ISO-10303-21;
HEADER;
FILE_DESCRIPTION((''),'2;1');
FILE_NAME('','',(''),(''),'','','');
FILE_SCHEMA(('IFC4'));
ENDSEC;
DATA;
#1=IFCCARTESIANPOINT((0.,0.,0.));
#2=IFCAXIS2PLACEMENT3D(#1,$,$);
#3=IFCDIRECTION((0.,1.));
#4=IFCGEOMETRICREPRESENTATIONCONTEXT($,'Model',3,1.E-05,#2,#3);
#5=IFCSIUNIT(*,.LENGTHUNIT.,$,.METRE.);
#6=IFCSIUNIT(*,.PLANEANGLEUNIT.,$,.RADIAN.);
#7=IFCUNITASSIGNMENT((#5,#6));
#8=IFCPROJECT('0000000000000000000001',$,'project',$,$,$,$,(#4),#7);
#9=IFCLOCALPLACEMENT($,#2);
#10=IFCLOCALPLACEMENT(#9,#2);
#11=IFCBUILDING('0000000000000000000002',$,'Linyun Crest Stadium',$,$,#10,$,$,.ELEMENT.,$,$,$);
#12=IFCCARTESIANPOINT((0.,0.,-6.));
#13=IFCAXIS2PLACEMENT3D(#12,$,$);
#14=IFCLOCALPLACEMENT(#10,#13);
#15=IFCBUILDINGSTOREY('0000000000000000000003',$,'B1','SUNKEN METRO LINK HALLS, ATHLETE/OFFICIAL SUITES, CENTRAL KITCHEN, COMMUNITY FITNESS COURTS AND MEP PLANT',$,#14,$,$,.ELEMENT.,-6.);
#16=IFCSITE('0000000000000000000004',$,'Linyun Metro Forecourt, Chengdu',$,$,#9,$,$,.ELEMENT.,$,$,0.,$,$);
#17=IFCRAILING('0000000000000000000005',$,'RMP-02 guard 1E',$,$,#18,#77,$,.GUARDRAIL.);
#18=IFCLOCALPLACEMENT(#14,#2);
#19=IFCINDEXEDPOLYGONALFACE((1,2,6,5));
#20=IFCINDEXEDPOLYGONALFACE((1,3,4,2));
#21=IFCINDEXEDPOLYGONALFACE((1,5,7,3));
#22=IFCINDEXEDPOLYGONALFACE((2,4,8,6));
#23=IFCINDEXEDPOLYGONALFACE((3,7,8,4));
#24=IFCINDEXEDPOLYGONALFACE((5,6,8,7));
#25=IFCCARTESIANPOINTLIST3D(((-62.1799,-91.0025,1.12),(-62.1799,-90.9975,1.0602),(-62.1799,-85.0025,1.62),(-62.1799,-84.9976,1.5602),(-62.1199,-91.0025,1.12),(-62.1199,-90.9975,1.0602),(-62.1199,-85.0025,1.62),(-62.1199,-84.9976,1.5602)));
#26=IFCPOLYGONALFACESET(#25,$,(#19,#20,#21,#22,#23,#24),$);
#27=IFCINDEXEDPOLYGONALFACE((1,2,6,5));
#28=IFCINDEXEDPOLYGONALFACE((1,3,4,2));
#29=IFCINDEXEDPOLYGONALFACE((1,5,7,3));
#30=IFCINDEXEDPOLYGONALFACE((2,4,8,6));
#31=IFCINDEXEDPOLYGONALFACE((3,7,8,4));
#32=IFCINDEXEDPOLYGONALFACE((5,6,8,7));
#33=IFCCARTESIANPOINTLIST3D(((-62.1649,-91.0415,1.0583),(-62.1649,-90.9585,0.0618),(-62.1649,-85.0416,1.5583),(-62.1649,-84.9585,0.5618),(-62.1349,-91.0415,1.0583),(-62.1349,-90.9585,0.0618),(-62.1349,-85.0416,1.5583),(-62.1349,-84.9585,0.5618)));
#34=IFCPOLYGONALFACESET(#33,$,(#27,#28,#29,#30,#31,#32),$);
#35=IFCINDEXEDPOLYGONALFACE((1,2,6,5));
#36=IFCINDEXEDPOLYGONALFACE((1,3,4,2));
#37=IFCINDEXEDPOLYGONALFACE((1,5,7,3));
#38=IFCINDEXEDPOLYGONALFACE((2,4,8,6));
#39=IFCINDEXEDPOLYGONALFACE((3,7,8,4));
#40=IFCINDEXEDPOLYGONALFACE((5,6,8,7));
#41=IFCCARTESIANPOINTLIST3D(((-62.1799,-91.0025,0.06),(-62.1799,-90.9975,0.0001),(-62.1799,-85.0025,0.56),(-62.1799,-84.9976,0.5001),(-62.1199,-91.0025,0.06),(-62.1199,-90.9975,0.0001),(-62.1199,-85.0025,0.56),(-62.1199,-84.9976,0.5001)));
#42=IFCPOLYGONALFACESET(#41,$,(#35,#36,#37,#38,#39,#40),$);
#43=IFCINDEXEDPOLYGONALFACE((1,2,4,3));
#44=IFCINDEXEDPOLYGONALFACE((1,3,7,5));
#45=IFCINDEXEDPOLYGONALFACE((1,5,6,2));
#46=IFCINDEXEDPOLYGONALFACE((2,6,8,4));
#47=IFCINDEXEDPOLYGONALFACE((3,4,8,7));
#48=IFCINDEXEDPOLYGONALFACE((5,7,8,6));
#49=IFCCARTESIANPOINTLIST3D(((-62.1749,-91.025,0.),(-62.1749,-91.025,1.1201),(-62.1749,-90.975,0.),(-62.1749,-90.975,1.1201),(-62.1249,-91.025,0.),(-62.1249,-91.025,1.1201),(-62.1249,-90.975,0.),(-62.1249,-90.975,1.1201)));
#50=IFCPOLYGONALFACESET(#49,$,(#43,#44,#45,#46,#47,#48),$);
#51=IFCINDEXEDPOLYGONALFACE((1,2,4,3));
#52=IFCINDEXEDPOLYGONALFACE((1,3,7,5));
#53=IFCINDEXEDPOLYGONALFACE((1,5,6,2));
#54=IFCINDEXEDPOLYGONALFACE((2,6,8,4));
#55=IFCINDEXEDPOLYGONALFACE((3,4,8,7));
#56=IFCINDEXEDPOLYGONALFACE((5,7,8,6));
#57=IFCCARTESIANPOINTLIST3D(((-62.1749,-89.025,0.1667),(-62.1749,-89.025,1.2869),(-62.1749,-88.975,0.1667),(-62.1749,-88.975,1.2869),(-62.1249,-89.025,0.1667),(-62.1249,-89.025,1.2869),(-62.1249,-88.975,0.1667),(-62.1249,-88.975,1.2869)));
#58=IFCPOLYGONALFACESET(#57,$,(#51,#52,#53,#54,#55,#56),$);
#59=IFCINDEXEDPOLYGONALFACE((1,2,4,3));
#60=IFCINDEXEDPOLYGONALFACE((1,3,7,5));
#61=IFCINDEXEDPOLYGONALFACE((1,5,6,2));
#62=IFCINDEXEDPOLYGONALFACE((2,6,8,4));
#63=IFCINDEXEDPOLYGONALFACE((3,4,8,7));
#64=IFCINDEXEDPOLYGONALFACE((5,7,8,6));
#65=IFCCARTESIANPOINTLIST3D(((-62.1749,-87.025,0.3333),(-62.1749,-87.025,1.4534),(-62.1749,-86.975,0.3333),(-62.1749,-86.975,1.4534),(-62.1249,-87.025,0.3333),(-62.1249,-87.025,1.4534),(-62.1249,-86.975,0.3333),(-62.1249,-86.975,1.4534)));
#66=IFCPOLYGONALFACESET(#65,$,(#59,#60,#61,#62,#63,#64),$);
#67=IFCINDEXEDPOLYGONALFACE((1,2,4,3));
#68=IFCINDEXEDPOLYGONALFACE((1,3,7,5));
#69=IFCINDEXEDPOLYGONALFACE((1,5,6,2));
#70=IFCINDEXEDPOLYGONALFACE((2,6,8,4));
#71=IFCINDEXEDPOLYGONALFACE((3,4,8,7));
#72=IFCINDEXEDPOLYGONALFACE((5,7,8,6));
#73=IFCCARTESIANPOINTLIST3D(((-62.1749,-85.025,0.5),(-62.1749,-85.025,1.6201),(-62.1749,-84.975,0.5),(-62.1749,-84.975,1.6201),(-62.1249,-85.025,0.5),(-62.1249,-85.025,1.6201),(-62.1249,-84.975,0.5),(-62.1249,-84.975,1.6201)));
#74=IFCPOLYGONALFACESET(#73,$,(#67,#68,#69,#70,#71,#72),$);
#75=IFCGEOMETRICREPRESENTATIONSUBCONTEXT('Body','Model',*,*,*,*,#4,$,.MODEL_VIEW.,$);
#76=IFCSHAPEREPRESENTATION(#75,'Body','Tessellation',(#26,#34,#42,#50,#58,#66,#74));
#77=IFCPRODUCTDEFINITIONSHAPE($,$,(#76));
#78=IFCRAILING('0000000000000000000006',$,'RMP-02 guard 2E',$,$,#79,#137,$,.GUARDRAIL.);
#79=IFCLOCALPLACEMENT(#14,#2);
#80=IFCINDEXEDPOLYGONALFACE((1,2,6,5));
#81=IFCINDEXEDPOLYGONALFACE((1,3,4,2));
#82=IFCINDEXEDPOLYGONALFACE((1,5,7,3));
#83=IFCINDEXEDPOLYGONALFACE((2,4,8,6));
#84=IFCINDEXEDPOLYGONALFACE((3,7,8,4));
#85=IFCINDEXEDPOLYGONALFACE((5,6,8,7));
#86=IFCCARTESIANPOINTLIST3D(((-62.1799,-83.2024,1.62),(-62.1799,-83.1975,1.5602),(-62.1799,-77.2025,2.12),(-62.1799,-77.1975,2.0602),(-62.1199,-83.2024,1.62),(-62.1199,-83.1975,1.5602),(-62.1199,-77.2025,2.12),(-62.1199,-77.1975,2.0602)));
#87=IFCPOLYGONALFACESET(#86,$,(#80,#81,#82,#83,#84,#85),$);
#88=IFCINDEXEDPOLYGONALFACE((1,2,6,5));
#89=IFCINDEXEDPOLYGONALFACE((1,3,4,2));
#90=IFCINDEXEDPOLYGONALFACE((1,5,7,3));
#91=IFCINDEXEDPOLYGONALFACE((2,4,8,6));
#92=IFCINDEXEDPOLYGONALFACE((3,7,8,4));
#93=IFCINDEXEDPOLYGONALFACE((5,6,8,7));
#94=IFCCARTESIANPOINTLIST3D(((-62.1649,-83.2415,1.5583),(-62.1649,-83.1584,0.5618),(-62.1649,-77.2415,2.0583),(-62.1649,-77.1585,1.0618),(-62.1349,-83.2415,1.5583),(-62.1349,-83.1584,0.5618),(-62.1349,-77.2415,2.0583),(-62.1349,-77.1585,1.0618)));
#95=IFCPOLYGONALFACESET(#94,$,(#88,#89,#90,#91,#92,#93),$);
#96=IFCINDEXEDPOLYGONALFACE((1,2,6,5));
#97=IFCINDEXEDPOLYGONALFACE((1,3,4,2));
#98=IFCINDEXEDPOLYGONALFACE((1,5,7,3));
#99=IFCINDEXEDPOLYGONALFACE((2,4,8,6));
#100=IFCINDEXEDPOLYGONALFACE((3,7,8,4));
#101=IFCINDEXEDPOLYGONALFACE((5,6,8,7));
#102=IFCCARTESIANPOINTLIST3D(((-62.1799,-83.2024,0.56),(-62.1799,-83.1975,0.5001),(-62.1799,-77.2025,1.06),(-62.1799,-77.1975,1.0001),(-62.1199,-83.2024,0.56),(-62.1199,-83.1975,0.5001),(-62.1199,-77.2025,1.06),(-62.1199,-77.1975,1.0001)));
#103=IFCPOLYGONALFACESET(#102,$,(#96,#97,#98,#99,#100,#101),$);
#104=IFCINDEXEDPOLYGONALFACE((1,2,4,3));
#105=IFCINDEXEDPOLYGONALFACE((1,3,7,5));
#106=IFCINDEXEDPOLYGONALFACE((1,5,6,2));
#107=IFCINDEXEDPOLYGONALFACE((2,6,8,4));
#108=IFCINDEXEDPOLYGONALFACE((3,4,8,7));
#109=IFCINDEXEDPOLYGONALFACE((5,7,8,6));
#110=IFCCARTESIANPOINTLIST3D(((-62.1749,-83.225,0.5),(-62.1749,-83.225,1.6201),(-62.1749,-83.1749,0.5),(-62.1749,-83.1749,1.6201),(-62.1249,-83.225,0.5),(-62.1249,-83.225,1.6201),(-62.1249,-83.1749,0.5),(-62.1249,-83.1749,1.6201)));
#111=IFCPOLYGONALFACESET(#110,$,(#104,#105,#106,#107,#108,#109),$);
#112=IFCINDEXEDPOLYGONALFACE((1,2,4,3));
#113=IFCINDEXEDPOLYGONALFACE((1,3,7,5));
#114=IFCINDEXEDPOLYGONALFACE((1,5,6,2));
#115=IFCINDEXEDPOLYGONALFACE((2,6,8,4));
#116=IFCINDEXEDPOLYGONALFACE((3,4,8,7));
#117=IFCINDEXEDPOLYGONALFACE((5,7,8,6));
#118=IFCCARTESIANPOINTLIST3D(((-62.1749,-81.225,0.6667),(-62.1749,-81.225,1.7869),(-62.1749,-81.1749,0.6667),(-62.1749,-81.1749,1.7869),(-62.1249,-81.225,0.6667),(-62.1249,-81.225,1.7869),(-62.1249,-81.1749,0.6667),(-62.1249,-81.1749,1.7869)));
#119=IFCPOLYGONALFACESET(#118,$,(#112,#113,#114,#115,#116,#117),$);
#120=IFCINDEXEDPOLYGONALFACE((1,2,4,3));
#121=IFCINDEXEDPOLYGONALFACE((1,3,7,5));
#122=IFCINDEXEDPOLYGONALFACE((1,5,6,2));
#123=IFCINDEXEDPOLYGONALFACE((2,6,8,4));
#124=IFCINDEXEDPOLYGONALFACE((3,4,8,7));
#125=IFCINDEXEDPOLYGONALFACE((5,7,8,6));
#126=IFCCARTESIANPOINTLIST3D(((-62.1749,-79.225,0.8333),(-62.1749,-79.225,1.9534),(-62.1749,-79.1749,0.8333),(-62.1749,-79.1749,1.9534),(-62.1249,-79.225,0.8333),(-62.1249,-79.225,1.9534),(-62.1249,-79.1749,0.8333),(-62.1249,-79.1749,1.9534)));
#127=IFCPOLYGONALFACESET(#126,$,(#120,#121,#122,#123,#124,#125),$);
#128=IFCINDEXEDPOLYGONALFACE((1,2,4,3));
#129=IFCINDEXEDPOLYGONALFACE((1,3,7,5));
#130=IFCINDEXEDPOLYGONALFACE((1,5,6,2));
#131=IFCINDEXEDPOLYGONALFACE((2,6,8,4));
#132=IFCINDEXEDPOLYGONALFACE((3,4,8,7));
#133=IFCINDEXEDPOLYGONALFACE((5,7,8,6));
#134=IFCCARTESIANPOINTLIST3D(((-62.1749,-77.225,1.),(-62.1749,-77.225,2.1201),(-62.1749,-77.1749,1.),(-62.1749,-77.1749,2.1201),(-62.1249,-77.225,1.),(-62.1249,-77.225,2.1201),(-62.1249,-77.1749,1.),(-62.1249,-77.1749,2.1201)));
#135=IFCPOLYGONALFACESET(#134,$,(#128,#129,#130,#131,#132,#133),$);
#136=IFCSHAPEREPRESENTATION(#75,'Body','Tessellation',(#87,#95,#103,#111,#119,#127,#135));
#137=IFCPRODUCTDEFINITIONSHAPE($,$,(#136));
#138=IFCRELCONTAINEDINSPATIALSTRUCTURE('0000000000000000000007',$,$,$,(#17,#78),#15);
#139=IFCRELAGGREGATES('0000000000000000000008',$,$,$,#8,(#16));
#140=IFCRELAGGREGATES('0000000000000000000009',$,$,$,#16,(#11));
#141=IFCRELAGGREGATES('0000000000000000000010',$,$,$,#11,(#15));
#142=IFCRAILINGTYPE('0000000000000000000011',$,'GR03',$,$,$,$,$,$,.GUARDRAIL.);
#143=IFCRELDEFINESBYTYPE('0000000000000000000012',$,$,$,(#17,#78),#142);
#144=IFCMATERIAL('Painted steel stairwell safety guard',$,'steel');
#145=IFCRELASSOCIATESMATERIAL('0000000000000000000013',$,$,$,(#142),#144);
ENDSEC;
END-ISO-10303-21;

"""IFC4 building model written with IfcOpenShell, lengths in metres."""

from ifc_helpers import new_model, si_unit, direction, frame, origin, origin_2d, place, context, subcontext, project, spatial, rectangle, extrude, material, type_object, element, save


model = new_model("IFC4")

# Units and contexts
model_context = context("Model", 3, precision=1e-05, world=origin(), true_north=direction((0.0, 1.0)))
body_context = subcontext(model_context, "Body", "Model", "MODEL_VIEW")
ifc_project = project(units=[si_unit("LENGTHUNIT", "METRE"), si_unit("PLANEANGLEUNIT", "RADIAN")], contexts=[model_context])

# Site, building, storey
site_placement = place(None, origin())
site = spatial("IfcSite", under=ifc_project, at=site_placement, Name="Linyun Metro Forecourt, Chengdu", CompositionType="ELEMENT", RefElevation=0.0)
building_placement = place(site_placement, origin())
building = spatial("IfcBuilding", under=site, at=building_placement, Name="Linyun Crest Stadium", CompositionType="ELEMENT")
storey_placement = place(building_placement, frame((0.0, 0.0, -6.0)))
storey = spatial("IfcBuildingStorey", under=building, at=storey_placement, Name="B1", Description="SUNKEN METRO LINK HALLS, ATHLETE/OFFICIAL SUITES, CENTRAL KITCHEN, COMMUNITY FITNESS COURTS AND MEP PLANT", CompositionType="ELEMENT", Elevation=-6.0)

# Railings
ifc_material_1 = material(Name="Painted steel stairwell safety guard", Category="steel")
railing_type_1 = type_object("IfcRailingType", Name="GR03", PredefinedType="GUARDRAIL", material=ifc_material_1)
for number, where, name in (
    (1, (-62.1499, -91.0, 0.0), "RMP-02 guard 1E"),
    (2, (-62.1499, -83.2, 0.5), "RMP-02 guard 2E"),
):
    element("IfcRailing", number, at=place(storey_placement, frame(where)), inside=storey, type_object=railing_type_1, Name=name, PredefinedType="GUARDRAIL", context=body_context, shape_type="SweptSolid", body=[
        extrude(rectangle(XDim=0.0601, YDim=0.0601, at=origin_2d()), frame((0.0, 0.0, 1.0901), z_axis=(0.0, 0.996546, 0.083045), x_axis=(-1.0, 0.0, 0.0)), (0.0, 0.0, 1.0), 6.0208),
        extrude(rectangle(XDim=0.03, YDim=1.0, at=origin_2d()), frame((0.0, 0.0, 0.5601), z_axis=(0.0, 0.996546, 0.083045), x_axis=(-1.0, 0.0, 0.0)), (0.0, 0.0, 1.0), 6.0208),
        extrude(rectangle(XDim=0.0601, YDim=0.0601, at=origin_2d()), frame((0.0, 0.0, 0.03), z_axis=(0.0, 0.996546, 0.083045), x_axis=(-1.0, 0.0, 0.0)), (0.0, 0.0, 1.0), 6.0208),
        extrude(rectangle(XDim=0.05, YDim=0.05, at=origin_2d()), origin(), (0.0, 0.0, 1.0), 1.1201),
        extrude(rectangle(XDim=0.05, YDim=0.05, at=origin_2d()), frame((0.0, 2.0, 0.1667)), (0.0, 0.0, 1.0), 1.1201),
        extrude(rectangle(XDim=0.05, YDim=0.05, at=origin_2d()), frame((0.0, 4.0, 0.3333)), (0.0, 0.0, 1.0), 1.1201),
        extrude(rectangle(XDim=0.05, YDim=0.05, at=origin_2d()), frame((0.0, 6.0, 0.5)), (0.0, 0.0, 1.0), 1.1201),
    ])

save(model, "model.ifc")
